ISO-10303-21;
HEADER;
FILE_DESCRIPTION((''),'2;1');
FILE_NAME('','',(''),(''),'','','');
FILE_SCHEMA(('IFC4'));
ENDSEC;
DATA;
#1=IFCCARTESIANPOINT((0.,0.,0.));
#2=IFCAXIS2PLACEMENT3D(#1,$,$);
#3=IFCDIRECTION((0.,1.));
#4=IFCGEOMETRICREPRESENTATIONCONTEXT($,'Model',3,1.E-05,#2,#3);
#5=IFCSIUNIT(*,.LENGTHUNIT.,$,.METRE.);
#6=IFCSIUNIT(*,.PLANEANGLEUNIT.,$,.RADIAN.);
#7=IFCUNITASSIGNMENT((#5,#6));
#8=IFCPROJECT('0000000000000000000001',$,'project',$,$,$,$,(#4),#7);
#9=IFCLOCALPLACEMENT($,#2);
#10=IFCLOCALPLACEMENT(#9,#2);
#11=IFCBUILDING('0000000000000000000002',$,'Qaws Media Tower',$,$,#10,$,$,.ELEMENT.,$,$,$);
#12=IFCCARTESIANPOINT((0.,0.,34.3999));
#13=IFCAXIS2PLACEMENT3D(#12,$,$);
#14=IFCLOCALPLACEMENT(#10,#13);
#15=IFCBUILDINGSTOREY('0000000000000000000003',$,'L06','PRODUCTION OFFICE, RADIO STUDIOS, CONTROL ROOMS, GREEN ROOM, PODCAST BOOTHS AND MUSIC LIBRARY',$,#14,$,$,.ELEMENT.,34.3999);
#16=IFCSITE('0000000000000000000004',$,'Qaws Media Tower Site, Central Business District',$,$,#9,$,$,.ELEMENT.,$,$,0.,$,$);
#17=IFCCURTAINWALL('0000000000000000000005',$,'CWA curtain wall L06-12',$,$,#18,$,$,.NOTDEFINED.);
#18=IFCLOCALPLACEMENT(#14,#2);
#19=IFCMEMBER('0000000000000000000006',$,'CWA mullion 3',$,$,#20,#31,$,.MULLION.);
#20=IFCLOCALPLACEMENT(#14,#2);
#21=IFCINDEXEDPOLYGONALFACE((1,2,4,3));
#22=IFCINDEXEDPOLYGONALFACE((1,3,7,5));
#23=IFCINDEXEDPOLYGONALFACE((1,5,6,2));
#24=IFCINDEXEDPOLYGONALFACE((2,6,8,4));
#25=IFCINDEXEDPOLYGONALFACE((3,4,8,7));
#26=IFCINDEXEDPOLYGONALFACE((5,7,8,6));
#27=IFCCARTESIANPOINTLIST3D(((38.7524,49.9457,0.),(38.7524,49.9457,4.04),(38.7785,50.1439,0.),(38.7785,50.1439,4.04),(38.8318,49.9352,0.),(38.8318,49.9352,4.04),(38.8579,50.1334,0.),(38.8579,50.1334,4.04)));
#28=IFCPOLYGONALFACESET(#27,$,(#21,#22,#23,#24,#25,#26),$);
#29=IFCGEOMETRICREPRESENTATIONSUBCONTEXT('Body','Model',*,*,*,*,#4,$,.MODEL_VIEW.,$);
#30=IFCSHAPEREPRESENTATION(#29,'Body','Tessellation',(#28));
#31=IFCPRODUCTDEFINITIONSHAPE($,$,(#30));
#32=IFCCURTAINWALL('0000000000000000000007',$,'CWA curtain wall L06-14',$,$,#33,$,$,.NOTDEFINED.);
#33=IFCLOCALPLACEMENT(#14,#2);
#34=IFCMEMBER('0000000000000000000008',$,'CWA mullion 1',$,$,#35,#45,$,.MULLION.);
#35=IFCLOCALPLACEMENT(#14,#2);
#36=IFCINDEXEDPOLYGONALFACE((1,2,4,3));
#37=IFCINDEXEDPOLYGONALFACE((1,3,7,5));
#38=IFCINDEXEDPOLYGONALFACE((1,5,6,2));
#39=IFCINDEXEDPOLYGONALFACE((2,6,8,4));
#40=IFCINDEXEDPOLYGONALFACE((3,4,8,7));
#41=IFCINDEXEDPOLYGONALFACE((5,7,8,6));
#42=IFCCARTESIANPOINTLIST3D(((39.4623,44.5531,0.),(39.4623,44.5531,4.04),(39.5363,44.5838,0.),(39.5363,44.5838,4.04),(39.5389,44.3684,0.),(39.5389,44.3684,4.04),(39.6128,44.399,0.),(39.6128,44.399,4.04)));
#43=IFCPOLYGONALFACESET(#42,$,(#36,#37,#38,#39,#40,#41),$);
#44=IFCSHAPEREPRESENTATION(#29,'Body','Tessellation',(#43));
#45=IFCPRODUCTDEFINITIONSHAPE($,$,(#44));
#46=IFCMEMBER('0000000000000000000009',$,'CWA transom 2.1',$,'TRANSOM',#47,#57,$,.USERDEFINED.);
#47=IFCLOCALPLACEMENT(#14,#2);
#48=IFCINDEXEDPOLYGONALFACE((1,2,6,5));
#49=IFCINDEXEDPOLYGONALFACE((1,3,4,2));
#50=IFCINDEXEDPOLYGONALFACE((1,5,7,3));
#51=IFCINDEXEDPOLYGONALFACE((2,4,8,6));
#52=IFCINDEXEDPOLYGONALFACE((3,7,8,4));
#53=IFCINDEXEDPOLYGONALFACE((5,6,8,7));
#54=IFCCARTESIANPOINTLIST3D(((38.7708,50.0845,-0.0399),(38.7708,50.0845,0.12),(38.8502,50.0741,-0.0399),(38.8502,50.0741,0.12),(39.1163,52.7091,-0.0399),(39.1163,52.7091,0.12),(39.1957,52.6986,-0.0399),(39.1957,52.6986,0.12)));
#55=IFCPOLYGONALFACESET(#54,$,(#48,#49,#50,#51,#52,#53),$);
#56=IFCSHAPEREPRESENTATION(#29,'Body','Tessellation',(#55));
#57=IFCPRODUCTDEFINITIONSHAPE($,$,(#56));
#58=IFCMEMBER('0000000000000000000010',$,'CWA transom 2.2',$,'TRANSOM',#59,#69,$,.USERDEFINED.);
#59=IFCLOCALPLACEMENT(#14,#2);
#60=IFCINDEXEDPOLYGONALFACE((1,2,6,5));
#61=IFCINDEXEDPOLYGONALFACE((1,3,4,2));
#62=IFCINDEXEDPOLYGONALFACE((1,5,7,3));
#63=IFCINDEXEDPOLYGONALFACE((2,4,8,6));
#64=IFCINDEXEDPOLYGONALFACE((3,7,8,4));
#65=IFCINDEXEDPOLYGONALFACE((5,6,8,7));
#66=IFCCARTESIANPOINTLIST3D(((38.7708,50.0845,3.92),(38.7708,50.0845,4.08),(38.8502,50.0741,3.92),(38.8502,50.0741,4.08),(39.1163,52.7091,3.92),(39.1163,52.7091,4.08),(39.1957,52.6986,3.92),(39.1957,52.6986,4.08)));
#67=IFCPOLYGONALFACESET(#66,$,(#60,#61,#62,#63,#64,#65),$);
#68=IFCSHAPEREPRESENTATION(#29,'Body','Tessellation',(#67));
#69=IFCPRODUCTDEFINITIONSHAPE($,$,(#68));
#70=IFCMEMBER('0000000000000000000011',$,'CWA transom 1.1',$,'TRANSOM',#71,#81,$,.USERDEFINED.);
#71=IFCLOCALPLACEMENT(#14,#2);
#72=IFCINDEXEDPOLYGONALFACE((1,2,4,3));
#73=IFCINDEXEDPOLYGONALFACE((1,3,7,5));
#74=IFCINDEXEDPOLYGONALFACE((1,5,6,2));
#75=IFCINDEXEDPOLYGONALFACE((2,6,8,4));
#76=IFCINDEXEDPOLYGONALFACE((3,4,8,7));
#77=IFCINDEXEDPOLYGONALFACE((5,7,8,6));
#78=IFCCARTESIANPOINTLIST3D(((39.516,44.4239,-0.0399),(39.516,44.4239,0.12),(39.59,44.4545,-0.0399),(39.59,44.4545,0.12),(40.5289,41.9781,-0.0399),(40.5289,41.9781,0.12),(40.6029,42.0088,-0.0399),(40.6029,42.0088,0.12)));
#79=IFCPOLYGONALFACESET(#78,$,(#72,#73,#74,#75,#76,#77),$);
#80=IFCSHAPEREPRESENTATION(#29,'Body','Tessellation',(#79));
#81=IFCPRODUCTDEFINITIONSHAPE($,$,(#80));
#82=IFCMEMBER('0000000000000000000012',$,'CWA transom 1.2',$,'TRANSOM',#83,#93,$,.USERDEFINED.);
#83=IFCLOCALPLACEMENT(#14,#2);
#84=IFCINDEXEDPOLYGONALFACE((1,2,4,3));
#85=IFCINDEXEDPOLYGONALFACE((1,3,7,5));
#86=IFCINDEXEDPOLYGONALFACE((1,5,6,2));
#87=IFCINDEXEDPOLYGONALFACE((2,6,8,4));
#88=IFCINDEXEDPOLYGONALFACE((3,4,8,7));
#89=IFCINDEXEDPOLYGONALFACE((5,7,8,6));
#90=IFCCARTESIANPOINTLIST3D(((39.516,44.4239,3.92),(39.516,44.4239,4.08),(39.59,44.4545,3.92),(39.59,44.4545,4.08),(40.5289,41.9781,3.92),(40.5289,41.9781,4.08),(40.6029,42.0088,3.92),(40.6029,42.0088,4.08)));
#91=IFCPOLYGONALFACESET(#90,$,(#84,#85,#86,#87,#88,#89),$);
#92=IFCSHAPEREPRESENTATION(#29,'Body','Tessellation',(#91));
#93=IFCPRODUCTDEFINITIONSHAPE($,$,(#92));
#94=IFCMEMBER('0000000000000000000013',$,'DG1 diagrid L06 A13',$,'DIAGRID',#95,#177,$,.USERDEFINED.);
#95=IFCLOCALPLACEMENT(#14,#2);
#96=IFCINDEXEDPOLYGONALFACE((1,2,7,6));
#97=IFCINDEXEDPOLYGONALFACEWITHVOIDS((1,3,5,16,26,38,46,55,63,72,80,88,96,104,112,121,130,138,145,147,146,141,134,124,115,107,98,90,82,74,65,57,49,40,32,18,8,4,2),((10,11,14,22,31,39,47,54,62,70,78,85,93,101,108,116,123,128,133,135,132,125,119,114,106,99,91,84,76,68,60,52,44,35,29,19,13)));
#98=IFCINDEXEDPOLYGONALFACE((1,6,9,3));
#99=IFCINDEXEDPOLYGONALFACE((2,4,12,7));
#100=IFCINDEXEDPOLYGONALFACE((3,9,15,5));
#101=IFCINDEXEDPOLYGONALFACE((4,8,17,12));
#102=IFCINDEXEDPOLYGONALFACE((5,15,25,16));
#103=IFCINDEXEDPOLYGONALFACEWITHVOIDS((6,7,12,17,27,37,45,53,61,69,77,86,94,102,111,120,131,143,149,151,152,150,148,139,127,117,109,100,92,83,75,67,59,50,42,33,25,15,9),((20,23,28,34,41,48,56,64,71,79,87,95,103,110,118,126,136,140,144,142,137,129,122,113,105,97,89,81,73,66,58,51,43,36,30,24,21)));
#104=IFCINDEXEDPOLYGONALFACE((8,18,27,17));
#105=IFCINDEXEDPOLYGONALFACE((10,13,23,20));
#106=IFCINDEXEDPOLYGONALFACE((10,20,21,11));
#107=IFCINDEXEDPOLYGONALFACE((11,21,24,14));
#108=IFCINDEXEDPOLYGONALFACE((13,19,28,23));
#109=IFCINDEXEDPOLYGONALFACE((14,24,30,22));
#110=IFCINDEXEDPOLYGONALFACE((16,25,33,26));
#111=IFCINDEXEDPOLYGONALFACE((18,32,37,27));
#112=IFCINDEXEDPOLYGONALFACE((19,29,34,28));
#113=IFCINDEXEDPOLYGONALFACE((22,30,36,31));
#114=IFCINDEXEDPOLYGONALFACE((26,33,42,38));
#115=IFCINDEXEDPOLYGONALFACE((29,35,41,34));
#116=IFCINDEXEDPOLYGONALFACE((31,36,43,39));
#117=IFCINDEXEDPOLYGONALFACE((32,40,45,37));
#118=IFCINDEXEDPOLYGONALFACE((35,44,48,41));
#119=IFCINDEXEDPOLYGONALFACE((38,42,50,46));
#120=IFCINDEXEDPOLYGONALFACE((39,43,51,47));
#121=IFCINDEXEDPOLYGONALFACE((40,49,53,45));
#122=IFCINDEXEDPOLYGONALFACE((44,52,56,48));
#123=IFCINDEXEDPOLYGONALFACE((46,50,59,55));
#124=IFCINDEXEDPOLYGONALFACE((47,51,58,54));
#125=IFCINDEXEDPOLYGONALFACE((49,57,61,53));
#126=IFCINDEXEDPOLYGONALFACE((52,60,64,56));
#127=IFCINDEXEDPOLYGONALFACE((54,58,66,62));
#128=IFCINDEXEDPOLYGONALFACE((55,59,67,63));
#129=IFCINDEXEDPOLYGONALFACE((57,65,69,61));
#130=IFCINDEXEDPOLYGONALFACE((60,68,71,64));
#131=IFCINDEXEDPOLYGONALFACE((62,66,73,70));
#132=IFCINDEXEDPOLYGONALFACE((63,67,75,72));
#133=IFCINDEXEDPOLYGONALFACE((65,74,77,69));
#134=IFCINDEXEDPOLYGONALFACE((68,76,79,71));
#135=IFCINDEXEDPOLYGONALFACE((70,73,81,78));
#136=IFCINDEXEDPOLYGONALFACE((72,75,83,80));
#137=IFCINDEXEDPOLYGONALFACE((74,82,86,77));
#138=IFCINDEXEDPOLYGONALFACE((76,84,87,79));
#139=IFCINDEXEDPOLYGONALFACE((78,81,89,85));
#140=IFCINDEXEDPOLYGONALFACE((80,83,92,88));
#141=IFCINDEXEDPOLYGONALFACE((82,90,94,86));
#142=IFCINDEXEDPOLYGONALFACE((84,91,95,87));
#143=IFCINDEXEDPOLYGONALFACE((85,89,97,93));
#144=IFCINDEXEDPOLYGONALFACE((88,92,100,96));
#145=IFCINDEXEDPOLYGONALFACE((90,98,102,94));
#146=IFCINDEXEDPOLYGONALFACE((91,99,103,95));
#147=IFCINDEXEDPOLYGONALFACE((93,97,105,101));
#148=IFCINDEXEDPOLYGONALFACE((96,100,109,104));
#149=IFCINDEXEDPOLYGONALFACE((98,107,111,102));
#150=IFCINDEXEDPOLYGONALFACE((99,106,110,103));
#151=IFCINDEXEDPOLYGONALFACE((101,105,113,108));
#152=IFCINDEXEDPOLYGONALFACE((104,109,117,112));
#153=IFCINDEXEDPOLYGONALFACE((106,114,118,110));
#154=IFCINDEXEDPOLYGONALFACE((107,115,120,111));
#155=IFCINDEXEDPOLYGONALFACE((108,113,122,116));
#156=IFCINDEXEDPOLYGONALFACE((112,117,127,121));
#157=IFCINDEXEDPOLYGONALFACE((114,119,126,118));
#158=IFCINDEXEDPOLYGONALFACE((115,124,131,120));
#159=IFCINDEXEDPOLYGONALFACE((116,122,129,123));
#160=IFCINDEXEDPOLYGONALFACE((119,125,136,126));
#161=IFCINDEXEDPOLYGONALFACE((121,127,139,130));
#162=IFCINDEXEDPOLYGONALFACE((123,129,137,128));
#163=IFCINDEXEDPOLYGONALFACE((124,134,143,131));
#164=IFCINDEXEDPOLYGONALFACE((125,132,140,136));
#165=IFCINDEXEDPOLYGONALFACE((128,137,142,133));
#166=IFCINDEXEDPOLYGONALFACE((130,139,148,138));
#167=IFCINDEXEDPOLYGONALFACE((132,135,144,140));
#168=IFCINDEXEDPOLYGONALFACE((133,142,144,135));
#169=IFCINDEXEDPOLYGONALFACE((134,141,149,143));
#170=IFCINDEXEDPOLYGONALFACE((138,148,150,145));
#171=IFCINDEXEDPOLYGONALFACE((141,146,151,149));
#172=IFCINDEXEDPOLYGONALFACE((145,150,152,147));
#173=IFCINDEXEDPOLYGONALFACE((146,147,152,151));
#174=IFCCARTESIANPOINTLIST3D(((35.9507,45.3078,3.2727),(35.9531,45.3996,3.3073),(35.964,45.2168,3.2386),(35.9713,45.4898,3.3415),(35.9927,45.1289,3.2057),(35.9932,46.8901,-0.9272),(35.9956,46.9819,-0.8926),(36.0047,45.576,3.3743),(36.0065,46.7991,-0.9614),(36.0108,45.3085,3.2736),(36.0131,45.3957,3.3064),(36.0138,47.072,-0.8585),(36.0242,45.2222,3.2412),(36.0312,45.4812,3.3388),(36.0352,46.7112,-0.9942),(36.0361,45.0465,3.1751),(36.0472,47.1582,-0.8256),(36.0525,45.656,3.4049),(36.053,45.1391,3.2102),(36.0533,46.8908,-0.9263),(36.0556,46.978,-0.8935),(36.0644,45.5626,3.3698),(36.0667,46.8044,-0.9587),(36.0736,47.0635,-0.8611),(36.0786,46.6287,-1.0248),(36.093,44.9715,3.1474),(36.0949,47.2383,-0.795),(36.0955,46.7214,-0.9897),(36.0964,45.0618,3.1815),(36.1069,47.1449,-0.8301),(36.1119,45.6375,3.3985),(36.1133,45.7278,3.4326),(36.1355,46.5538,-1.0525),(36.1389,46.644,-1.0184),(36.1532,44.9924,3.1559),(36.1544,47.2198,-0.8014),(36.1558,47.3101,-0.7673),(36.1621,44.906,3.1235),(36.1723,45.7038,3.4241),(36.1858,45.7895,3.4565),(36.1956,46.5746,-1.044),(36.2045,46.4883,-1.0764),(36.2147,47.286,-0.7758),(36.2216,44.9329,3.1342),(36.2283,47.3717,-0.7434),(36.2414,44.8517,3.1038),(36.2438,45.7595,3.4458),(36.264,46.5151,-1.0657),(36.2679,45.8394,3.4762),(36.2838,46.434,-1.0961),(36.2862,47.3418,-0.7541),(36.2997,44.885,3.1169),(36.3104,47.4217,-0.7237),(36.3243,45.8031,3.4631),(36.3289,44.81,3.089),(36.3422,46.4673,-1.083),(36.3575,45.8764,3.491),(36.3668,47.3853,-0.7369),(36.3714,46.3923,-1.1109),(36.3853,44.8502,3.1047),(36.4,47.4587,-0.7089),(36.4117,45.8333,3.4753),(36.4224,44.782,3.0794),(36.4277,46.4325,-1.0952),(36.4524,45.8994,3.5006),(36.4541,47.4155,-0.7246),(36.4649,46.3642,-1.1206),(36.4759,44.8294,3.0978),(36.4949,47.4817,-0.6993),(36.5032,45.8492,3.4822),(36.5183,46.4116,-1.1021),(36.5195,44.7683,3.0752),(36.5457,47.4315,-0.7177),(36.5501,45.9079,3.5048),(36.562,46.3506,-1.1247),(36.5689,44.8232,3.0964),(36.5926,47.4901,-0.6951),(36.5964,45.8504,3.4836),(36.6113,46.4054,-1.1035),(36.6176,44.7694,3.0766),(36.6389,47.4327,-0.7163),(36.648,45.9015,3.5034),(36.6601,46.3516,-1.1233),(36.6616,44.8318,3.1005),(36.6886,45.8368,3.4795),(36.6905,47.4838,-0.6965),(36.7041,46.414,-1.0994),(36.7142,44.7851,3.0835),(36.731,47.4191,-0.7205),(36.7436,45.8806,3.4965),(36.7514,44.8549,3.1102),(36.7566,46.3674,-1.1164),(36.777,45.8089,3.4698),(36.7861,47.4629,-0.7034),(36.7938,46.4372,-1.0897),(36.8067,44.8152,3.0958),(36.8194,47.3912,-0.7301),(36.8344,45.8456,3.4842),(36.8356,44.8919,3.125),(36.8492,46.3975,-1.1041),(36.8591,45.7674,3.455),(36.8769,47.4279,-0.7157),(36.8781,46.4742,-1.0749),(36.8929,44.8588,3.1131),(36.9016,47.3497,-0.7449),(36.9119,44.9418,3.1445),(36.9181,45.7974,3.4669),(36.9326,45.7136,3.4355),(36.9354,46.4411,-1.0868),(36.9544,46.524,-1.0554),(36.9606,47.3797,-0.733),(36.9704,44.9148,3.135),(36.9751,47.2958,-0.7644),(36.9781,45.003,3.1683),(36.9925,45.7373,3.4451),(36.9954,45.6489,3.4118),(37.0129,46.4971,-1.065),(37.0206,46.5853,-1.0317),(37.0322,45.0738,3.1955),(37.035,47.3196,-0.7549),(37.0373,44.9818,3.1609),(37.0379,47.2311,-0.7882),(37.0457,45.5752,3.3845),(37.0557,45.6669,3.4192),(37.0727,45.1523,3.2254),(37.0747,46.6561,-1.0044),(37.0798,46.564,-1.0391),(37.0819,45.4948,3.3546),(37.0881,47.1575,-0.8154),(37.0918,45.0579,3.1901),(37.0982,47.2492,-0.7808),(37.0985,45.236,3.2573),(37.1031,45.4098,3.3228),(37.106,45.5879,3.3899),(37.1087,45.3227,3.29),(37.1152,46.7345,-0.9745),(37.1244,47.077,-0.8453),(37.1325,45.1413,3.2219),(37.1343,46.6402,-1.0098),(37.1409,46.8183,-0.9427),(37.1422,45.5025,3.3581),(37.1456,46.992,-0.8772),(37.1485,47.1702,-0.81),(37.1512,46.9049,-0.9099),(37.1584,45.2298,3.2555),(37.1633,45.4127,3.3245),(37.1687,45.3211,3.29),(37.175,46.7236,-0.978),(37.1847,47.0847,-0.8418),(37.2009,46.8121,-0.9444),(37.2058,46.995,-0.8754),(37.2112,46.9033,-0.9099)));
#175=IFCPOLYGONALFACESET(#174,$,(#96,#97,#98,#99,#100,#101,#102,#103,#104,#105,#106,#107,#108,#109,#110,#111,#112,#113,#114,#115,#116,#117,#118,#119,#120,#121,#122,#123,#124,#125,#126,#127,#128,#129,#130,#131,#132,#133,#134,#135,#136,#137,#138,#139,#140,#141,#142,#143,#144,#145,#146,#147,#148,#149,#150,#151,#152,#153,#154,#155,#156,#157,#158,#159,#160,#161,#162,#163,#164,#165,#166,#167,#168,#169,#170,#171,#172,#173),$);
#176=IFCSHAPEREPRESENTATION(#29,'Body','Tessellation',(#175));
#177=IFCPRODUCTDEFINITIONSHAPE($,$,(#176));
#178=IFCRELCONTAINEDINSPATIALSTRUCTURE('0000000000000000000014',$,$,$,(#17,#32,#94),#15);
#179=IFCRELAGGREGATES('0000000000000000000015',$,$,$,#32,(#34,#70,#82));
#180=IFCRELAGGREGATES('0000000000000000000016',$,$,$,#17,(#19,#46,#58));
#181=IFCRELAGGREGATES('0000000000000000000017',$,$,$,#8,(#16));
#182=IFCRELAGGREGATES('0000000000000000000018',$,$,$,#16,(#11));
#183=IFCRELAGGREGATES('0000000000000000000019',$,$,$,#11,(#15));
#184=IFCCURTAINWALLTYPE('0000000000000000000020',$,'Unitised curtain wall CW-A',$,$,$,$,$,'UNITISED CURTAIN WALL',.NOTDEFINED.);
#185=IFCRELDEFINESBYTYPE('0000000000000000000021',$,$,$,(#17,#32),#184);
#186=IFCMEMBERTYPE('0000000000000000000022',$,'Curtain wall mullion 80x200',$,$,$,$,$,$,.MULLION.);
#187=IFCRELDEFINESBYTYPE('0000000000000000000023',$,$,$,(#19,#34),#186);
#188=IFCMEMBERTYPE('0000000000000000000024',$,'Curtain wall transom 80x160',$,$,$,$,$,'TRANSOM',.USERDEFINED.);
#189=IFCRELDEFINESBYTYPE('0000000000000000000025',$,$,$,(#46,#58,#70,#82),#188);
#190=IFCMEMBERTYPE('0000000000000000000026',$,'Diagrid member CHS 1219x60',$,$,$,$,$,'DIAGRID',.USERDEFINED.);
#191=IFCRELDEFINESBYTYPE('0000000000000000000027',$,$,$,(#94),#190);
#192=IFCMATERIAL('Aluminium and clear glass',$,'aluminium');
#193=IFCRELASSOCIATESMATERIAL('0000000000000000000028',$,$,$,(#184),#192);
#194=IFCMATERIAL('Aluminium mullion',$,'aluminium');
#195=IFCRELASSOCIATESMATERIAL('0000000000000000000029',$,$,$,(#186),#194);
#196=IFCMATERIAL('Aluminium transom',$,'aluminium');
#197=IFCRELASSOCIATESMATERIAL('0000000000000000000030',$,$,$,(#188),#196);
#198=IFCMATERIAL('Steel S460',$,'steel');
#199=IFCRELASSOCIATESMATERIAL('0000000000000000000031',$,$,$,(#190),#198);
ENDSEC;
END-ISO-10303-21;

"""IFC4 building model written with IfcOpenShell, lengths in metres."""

from ifc_helpers import new_model, si_unit, direction, frame, origin, origin_2d, place, context, subcontext, project, spatial, rectangle, hollow_circle, extrude, material, material_profile, profile_set, type_object, element, aggregate, save


model = new_model("IFC4")

# Units and contexts
model_context = context("Model", 3, precision=1e-05, world=origin(), true_north=direction((0.0, 1.0)))
body_context = subcontext(model_context, "Body", "Model", "MODEL_VIEW")
ifc_project = project(units=[si_unit("LENGTHUNIT", "METRE"), si_unit("PLANEANGLEUNIT", "RADIAN")], contexts=[model_context])

# Site, building, storey
site_placement = place(None, origin())
site = spatial("IfcSite", under=ifc_project, at=site_placement, Name="Qaws Media Tower Site, Central Business District", CompositionType="ELEMENT", RefElevation=0.0)
building_placement = place(site_placement, origin())
building = spatial("IfcBuilding", under=site, at=building_placement, Name="Qaws Media Tower", CompositionType="ELEMENT")
storey_placement = place(building_placement, frame((0.0, 0.0, 34.3999)))
storey = spatial("IfcBuildingStorey", under=building, at=storey_placement, Name="L06", Description="PRODUCTION OFFICE, RADIO STUDIOS, CONTROL ROOMS, GREEN ROOM, PODCAST BOOTHS AND MUSIC LIBRARY", CompositionType="ELEMENT", Elevation=34.3999)

# Curtain walls, members
ifc_material_1 = material(Name="Aluminium and clear glass", Category="aluminium")
curtain_wall_type = type_object("IfcCurtainWallType", Name="Unitised curtain wall CW-A", ElementType="UNITISED CURTAIN WALL", PredefinedType="NOTDEFINED", material=ifc_material_1)
curtain_wall_1_placement = place(storey_placement, origin())
curtain_wall_1 = element("IfcCurtainWall", 1, at=curtain_wall_1_placement, inside=storey, type_object=curtain_wall_type, Name="CWA curtain wall L06-12", PredefinedType="NOTDEFINED")
ifc_material_2 = material(Name="Aluminium mullion", Category="aluminium")
ifc_material_profile_1 = material_profile(ifc_material_2, rectangle(XDim=0.0801, YDim=0.2, at=origin_2d()), Name="80x200")
ifc_profile_set_1 = profile_set([ifc_material_profile_1], Name="Aluminium mullion")
member_type_1 = type_object("IfcMemberType", Name="Curtain wall mullion 80x200", PredefinedType="MULLION", material=ifc_profile_set_1)
member_1_placement = place(storey_placement, frame((38.8052, 50.0396, 0.0), z_axis=(0.0, 0.0, 1.0), x_axis=(0.991445, -0.130526, 0.0)))
member_1 = element("IfcMember", 2, at=member_1_placement, type_object=member_type_1, Name="CWA mullion 3", PredefinedType="MULLION", context=body_context, shape_type="SweptSolid", body=[
    extrude(rectangle(XDim=0.0801, YDim=0.2, at=origin_2d()), origin(), (0.0, 0.0, 1.0), 4.04),
])
curtain_wall_2_placement = place(storey_placement, origin())
curtain_wall_2 = element("IfcCurtainWall", 3, at=curtain_wall_2_placement, inside=storey, type_object=curtain_wall_type, Name="CWA curtain wall L06-14", PredefinedType="NOTDEFINED")
member_2_placement = place(storey_placement, frame((39.5376, 44.4761, 0.0), z_axis=(0.0, 0.0, 1.0), x_axis=(0.92388, 0.382683, 0.0)))
member_2 = element("IfcMember", 4, at=member_2_placement, type_object=member_type_1, Name="CWA mullion 1", PredefinedType="MULLION", context=body_context, shape_type="SweptSolid", body=[
    extrude(rectangle(XDim=0.0801, YDim=0.2, at=origin_2d()), origin(), (0.0, 0.0, 1.0), 4.04),
])

# Members
ifc_material_3 = material(Name="Aluminium transom", Category="aluminium")
ifc_material_profile_2 = material_profile(ifc_material_3, rectangle(XDim=0.0801, YDim=0.1599, at=origin_2d()), Name="80x160")
ifc_profile_set_2 = profile_set([ifc_material_profile_2], Name="Aluminium transom")
member_type_2 = type_object("IfcMemberType", Name="Curtain wall transom 80x160", ElementType="TRANSOM", PredefinedType="USERDEFINED", material=ifc_profile_set_2)
member_3_placement = place(storey_placement, frame((39.156, 52.7039, 0.04), z_axis=(-0.130502, -0.991448, 0.0), x_axis=(0.991448, -0.130502, 0.0)))
member_3 = element("IfcMember", 5, at=member_3_placement, type_object=member_type_2, Name="CWA transom 2.1", ObjectType="TRANSOM", PredefinedType="USERDEFINED", context=body_context, shape_type="SweptSolid", body=[
    extrude(rectangle(XDim=0.0801, YDim=0.1599, at=origin_2d()), origin(), (0.0, 0.0, 1.0), 2.6472),
])
member_4_placement = place(storey_placement, frame((39.156, 52.7039, 4.0), z_axis=(-0.130502, -0.991448, 0.0), x_axis=(0.991448, -0.130502, 0.0)))
member_4 = element("IfcMember", 6, at=member_4_placement, type_object=member_type_2, Name="CWA transom 2.2", ObjectType="TRANSOM", PredefinedType="USERDEFINED", context=body_context, shape_type="SweptSolid", body=[
    extrude(rectangle(XDim=0.0801, YDim=0.1599, at=origin_2d()), origin(), (0.0, 0.0, 1.0), 2.6472),
])
member_5_placement = place(storey_placement, frame((39.553, 44.4392, 0.04), z_axis=(0.382637, -0.923899, 0.0), x_axis=(0.923899, 0.382637, 0.0)))
member_5 = element("IfcMember", 7, at=member_5_placement, type_object=member_type_2, Name="CWA transom 1.1", ObjectType="TRANSOM", PredefinedType="USERDEFINED", context=body_context, shape_type="SweptSolid", body=[
    extrude(rectangle(XDim=0.0801, YDim=0.1599, at=origin_2d()), origin(), (0.0, 0.0, 1.0), 2.6472),
])
member_6_placement = place(storey_placement, frame((39.553, 44.4392, 4.0), z_axis=(0.382637, -0.923899, 0.0), x_axis=(0.923899, 0.382637, 0.0)))
member_6 = element("IfcMember", 8, at=member_6_placement, type_object=member_type_2, Name="CWA transom 1.2", ObjectType="TRANSOM", PredefinedType="USERDEFINED", context=body_context, shape_type="SweptSolid", body=[
    extrude(rectangle(XDim=0.0801, YDim=0.1599, at=origin_2d()), origin(), (0.0, 0.0, 1.0), 2.6472),
])
aggregate(curtain_wall_2, [member_2, member_5, member_6])

# Member
ifc_material_4 = material(Name="Steel S460", Category="steel")
ifc_material_profile_3 = material_profile(ifc_material_4, hollow_circle(Radius=0.6096, WallThickness=0.0601, at=origin_2d()), Name="CHS 1219x60")
ifc_profile_set_3 = profile_set([ifc_material_profile_3], Name="Steel S460")
member_type_3 = type_object("IfcMemberType", Name="Diagrid member CHS 1219x60", ElementType="DIAGRID", PredefinedType="USERDEFINED", material=ifc_profile_set_3)
for number, where, z_axis, x_axis, name in (
    (9, (36.6018, 46.9197, -0.9099), (-0.009465, -0.352532, 0.935752), (0.99964, -0.026838, 0.0), "DG1 diagrid L06 A13"),
):
    element("IfcMember", number, at=place(storey_placement, frame(where, z_axis=z_axis, x_axis=x_axis)), inside=storey, type_object=member_type_3, Name=name, ObjectType="DIAGRID", PredefinedType="USERDEFINED", context=body_context, shape_type="SweptSolid", body=[
        extrude(hollow_circle(Radius=0.6096, WallThickness=0.0601, at=origin_2d()), origin(), (0.0, 0.0, 1.0), 4.4883),
    ])

aggregate(curtain_wall_1, [member_1, member_3, member_4])

save(model, "model.ifc")
